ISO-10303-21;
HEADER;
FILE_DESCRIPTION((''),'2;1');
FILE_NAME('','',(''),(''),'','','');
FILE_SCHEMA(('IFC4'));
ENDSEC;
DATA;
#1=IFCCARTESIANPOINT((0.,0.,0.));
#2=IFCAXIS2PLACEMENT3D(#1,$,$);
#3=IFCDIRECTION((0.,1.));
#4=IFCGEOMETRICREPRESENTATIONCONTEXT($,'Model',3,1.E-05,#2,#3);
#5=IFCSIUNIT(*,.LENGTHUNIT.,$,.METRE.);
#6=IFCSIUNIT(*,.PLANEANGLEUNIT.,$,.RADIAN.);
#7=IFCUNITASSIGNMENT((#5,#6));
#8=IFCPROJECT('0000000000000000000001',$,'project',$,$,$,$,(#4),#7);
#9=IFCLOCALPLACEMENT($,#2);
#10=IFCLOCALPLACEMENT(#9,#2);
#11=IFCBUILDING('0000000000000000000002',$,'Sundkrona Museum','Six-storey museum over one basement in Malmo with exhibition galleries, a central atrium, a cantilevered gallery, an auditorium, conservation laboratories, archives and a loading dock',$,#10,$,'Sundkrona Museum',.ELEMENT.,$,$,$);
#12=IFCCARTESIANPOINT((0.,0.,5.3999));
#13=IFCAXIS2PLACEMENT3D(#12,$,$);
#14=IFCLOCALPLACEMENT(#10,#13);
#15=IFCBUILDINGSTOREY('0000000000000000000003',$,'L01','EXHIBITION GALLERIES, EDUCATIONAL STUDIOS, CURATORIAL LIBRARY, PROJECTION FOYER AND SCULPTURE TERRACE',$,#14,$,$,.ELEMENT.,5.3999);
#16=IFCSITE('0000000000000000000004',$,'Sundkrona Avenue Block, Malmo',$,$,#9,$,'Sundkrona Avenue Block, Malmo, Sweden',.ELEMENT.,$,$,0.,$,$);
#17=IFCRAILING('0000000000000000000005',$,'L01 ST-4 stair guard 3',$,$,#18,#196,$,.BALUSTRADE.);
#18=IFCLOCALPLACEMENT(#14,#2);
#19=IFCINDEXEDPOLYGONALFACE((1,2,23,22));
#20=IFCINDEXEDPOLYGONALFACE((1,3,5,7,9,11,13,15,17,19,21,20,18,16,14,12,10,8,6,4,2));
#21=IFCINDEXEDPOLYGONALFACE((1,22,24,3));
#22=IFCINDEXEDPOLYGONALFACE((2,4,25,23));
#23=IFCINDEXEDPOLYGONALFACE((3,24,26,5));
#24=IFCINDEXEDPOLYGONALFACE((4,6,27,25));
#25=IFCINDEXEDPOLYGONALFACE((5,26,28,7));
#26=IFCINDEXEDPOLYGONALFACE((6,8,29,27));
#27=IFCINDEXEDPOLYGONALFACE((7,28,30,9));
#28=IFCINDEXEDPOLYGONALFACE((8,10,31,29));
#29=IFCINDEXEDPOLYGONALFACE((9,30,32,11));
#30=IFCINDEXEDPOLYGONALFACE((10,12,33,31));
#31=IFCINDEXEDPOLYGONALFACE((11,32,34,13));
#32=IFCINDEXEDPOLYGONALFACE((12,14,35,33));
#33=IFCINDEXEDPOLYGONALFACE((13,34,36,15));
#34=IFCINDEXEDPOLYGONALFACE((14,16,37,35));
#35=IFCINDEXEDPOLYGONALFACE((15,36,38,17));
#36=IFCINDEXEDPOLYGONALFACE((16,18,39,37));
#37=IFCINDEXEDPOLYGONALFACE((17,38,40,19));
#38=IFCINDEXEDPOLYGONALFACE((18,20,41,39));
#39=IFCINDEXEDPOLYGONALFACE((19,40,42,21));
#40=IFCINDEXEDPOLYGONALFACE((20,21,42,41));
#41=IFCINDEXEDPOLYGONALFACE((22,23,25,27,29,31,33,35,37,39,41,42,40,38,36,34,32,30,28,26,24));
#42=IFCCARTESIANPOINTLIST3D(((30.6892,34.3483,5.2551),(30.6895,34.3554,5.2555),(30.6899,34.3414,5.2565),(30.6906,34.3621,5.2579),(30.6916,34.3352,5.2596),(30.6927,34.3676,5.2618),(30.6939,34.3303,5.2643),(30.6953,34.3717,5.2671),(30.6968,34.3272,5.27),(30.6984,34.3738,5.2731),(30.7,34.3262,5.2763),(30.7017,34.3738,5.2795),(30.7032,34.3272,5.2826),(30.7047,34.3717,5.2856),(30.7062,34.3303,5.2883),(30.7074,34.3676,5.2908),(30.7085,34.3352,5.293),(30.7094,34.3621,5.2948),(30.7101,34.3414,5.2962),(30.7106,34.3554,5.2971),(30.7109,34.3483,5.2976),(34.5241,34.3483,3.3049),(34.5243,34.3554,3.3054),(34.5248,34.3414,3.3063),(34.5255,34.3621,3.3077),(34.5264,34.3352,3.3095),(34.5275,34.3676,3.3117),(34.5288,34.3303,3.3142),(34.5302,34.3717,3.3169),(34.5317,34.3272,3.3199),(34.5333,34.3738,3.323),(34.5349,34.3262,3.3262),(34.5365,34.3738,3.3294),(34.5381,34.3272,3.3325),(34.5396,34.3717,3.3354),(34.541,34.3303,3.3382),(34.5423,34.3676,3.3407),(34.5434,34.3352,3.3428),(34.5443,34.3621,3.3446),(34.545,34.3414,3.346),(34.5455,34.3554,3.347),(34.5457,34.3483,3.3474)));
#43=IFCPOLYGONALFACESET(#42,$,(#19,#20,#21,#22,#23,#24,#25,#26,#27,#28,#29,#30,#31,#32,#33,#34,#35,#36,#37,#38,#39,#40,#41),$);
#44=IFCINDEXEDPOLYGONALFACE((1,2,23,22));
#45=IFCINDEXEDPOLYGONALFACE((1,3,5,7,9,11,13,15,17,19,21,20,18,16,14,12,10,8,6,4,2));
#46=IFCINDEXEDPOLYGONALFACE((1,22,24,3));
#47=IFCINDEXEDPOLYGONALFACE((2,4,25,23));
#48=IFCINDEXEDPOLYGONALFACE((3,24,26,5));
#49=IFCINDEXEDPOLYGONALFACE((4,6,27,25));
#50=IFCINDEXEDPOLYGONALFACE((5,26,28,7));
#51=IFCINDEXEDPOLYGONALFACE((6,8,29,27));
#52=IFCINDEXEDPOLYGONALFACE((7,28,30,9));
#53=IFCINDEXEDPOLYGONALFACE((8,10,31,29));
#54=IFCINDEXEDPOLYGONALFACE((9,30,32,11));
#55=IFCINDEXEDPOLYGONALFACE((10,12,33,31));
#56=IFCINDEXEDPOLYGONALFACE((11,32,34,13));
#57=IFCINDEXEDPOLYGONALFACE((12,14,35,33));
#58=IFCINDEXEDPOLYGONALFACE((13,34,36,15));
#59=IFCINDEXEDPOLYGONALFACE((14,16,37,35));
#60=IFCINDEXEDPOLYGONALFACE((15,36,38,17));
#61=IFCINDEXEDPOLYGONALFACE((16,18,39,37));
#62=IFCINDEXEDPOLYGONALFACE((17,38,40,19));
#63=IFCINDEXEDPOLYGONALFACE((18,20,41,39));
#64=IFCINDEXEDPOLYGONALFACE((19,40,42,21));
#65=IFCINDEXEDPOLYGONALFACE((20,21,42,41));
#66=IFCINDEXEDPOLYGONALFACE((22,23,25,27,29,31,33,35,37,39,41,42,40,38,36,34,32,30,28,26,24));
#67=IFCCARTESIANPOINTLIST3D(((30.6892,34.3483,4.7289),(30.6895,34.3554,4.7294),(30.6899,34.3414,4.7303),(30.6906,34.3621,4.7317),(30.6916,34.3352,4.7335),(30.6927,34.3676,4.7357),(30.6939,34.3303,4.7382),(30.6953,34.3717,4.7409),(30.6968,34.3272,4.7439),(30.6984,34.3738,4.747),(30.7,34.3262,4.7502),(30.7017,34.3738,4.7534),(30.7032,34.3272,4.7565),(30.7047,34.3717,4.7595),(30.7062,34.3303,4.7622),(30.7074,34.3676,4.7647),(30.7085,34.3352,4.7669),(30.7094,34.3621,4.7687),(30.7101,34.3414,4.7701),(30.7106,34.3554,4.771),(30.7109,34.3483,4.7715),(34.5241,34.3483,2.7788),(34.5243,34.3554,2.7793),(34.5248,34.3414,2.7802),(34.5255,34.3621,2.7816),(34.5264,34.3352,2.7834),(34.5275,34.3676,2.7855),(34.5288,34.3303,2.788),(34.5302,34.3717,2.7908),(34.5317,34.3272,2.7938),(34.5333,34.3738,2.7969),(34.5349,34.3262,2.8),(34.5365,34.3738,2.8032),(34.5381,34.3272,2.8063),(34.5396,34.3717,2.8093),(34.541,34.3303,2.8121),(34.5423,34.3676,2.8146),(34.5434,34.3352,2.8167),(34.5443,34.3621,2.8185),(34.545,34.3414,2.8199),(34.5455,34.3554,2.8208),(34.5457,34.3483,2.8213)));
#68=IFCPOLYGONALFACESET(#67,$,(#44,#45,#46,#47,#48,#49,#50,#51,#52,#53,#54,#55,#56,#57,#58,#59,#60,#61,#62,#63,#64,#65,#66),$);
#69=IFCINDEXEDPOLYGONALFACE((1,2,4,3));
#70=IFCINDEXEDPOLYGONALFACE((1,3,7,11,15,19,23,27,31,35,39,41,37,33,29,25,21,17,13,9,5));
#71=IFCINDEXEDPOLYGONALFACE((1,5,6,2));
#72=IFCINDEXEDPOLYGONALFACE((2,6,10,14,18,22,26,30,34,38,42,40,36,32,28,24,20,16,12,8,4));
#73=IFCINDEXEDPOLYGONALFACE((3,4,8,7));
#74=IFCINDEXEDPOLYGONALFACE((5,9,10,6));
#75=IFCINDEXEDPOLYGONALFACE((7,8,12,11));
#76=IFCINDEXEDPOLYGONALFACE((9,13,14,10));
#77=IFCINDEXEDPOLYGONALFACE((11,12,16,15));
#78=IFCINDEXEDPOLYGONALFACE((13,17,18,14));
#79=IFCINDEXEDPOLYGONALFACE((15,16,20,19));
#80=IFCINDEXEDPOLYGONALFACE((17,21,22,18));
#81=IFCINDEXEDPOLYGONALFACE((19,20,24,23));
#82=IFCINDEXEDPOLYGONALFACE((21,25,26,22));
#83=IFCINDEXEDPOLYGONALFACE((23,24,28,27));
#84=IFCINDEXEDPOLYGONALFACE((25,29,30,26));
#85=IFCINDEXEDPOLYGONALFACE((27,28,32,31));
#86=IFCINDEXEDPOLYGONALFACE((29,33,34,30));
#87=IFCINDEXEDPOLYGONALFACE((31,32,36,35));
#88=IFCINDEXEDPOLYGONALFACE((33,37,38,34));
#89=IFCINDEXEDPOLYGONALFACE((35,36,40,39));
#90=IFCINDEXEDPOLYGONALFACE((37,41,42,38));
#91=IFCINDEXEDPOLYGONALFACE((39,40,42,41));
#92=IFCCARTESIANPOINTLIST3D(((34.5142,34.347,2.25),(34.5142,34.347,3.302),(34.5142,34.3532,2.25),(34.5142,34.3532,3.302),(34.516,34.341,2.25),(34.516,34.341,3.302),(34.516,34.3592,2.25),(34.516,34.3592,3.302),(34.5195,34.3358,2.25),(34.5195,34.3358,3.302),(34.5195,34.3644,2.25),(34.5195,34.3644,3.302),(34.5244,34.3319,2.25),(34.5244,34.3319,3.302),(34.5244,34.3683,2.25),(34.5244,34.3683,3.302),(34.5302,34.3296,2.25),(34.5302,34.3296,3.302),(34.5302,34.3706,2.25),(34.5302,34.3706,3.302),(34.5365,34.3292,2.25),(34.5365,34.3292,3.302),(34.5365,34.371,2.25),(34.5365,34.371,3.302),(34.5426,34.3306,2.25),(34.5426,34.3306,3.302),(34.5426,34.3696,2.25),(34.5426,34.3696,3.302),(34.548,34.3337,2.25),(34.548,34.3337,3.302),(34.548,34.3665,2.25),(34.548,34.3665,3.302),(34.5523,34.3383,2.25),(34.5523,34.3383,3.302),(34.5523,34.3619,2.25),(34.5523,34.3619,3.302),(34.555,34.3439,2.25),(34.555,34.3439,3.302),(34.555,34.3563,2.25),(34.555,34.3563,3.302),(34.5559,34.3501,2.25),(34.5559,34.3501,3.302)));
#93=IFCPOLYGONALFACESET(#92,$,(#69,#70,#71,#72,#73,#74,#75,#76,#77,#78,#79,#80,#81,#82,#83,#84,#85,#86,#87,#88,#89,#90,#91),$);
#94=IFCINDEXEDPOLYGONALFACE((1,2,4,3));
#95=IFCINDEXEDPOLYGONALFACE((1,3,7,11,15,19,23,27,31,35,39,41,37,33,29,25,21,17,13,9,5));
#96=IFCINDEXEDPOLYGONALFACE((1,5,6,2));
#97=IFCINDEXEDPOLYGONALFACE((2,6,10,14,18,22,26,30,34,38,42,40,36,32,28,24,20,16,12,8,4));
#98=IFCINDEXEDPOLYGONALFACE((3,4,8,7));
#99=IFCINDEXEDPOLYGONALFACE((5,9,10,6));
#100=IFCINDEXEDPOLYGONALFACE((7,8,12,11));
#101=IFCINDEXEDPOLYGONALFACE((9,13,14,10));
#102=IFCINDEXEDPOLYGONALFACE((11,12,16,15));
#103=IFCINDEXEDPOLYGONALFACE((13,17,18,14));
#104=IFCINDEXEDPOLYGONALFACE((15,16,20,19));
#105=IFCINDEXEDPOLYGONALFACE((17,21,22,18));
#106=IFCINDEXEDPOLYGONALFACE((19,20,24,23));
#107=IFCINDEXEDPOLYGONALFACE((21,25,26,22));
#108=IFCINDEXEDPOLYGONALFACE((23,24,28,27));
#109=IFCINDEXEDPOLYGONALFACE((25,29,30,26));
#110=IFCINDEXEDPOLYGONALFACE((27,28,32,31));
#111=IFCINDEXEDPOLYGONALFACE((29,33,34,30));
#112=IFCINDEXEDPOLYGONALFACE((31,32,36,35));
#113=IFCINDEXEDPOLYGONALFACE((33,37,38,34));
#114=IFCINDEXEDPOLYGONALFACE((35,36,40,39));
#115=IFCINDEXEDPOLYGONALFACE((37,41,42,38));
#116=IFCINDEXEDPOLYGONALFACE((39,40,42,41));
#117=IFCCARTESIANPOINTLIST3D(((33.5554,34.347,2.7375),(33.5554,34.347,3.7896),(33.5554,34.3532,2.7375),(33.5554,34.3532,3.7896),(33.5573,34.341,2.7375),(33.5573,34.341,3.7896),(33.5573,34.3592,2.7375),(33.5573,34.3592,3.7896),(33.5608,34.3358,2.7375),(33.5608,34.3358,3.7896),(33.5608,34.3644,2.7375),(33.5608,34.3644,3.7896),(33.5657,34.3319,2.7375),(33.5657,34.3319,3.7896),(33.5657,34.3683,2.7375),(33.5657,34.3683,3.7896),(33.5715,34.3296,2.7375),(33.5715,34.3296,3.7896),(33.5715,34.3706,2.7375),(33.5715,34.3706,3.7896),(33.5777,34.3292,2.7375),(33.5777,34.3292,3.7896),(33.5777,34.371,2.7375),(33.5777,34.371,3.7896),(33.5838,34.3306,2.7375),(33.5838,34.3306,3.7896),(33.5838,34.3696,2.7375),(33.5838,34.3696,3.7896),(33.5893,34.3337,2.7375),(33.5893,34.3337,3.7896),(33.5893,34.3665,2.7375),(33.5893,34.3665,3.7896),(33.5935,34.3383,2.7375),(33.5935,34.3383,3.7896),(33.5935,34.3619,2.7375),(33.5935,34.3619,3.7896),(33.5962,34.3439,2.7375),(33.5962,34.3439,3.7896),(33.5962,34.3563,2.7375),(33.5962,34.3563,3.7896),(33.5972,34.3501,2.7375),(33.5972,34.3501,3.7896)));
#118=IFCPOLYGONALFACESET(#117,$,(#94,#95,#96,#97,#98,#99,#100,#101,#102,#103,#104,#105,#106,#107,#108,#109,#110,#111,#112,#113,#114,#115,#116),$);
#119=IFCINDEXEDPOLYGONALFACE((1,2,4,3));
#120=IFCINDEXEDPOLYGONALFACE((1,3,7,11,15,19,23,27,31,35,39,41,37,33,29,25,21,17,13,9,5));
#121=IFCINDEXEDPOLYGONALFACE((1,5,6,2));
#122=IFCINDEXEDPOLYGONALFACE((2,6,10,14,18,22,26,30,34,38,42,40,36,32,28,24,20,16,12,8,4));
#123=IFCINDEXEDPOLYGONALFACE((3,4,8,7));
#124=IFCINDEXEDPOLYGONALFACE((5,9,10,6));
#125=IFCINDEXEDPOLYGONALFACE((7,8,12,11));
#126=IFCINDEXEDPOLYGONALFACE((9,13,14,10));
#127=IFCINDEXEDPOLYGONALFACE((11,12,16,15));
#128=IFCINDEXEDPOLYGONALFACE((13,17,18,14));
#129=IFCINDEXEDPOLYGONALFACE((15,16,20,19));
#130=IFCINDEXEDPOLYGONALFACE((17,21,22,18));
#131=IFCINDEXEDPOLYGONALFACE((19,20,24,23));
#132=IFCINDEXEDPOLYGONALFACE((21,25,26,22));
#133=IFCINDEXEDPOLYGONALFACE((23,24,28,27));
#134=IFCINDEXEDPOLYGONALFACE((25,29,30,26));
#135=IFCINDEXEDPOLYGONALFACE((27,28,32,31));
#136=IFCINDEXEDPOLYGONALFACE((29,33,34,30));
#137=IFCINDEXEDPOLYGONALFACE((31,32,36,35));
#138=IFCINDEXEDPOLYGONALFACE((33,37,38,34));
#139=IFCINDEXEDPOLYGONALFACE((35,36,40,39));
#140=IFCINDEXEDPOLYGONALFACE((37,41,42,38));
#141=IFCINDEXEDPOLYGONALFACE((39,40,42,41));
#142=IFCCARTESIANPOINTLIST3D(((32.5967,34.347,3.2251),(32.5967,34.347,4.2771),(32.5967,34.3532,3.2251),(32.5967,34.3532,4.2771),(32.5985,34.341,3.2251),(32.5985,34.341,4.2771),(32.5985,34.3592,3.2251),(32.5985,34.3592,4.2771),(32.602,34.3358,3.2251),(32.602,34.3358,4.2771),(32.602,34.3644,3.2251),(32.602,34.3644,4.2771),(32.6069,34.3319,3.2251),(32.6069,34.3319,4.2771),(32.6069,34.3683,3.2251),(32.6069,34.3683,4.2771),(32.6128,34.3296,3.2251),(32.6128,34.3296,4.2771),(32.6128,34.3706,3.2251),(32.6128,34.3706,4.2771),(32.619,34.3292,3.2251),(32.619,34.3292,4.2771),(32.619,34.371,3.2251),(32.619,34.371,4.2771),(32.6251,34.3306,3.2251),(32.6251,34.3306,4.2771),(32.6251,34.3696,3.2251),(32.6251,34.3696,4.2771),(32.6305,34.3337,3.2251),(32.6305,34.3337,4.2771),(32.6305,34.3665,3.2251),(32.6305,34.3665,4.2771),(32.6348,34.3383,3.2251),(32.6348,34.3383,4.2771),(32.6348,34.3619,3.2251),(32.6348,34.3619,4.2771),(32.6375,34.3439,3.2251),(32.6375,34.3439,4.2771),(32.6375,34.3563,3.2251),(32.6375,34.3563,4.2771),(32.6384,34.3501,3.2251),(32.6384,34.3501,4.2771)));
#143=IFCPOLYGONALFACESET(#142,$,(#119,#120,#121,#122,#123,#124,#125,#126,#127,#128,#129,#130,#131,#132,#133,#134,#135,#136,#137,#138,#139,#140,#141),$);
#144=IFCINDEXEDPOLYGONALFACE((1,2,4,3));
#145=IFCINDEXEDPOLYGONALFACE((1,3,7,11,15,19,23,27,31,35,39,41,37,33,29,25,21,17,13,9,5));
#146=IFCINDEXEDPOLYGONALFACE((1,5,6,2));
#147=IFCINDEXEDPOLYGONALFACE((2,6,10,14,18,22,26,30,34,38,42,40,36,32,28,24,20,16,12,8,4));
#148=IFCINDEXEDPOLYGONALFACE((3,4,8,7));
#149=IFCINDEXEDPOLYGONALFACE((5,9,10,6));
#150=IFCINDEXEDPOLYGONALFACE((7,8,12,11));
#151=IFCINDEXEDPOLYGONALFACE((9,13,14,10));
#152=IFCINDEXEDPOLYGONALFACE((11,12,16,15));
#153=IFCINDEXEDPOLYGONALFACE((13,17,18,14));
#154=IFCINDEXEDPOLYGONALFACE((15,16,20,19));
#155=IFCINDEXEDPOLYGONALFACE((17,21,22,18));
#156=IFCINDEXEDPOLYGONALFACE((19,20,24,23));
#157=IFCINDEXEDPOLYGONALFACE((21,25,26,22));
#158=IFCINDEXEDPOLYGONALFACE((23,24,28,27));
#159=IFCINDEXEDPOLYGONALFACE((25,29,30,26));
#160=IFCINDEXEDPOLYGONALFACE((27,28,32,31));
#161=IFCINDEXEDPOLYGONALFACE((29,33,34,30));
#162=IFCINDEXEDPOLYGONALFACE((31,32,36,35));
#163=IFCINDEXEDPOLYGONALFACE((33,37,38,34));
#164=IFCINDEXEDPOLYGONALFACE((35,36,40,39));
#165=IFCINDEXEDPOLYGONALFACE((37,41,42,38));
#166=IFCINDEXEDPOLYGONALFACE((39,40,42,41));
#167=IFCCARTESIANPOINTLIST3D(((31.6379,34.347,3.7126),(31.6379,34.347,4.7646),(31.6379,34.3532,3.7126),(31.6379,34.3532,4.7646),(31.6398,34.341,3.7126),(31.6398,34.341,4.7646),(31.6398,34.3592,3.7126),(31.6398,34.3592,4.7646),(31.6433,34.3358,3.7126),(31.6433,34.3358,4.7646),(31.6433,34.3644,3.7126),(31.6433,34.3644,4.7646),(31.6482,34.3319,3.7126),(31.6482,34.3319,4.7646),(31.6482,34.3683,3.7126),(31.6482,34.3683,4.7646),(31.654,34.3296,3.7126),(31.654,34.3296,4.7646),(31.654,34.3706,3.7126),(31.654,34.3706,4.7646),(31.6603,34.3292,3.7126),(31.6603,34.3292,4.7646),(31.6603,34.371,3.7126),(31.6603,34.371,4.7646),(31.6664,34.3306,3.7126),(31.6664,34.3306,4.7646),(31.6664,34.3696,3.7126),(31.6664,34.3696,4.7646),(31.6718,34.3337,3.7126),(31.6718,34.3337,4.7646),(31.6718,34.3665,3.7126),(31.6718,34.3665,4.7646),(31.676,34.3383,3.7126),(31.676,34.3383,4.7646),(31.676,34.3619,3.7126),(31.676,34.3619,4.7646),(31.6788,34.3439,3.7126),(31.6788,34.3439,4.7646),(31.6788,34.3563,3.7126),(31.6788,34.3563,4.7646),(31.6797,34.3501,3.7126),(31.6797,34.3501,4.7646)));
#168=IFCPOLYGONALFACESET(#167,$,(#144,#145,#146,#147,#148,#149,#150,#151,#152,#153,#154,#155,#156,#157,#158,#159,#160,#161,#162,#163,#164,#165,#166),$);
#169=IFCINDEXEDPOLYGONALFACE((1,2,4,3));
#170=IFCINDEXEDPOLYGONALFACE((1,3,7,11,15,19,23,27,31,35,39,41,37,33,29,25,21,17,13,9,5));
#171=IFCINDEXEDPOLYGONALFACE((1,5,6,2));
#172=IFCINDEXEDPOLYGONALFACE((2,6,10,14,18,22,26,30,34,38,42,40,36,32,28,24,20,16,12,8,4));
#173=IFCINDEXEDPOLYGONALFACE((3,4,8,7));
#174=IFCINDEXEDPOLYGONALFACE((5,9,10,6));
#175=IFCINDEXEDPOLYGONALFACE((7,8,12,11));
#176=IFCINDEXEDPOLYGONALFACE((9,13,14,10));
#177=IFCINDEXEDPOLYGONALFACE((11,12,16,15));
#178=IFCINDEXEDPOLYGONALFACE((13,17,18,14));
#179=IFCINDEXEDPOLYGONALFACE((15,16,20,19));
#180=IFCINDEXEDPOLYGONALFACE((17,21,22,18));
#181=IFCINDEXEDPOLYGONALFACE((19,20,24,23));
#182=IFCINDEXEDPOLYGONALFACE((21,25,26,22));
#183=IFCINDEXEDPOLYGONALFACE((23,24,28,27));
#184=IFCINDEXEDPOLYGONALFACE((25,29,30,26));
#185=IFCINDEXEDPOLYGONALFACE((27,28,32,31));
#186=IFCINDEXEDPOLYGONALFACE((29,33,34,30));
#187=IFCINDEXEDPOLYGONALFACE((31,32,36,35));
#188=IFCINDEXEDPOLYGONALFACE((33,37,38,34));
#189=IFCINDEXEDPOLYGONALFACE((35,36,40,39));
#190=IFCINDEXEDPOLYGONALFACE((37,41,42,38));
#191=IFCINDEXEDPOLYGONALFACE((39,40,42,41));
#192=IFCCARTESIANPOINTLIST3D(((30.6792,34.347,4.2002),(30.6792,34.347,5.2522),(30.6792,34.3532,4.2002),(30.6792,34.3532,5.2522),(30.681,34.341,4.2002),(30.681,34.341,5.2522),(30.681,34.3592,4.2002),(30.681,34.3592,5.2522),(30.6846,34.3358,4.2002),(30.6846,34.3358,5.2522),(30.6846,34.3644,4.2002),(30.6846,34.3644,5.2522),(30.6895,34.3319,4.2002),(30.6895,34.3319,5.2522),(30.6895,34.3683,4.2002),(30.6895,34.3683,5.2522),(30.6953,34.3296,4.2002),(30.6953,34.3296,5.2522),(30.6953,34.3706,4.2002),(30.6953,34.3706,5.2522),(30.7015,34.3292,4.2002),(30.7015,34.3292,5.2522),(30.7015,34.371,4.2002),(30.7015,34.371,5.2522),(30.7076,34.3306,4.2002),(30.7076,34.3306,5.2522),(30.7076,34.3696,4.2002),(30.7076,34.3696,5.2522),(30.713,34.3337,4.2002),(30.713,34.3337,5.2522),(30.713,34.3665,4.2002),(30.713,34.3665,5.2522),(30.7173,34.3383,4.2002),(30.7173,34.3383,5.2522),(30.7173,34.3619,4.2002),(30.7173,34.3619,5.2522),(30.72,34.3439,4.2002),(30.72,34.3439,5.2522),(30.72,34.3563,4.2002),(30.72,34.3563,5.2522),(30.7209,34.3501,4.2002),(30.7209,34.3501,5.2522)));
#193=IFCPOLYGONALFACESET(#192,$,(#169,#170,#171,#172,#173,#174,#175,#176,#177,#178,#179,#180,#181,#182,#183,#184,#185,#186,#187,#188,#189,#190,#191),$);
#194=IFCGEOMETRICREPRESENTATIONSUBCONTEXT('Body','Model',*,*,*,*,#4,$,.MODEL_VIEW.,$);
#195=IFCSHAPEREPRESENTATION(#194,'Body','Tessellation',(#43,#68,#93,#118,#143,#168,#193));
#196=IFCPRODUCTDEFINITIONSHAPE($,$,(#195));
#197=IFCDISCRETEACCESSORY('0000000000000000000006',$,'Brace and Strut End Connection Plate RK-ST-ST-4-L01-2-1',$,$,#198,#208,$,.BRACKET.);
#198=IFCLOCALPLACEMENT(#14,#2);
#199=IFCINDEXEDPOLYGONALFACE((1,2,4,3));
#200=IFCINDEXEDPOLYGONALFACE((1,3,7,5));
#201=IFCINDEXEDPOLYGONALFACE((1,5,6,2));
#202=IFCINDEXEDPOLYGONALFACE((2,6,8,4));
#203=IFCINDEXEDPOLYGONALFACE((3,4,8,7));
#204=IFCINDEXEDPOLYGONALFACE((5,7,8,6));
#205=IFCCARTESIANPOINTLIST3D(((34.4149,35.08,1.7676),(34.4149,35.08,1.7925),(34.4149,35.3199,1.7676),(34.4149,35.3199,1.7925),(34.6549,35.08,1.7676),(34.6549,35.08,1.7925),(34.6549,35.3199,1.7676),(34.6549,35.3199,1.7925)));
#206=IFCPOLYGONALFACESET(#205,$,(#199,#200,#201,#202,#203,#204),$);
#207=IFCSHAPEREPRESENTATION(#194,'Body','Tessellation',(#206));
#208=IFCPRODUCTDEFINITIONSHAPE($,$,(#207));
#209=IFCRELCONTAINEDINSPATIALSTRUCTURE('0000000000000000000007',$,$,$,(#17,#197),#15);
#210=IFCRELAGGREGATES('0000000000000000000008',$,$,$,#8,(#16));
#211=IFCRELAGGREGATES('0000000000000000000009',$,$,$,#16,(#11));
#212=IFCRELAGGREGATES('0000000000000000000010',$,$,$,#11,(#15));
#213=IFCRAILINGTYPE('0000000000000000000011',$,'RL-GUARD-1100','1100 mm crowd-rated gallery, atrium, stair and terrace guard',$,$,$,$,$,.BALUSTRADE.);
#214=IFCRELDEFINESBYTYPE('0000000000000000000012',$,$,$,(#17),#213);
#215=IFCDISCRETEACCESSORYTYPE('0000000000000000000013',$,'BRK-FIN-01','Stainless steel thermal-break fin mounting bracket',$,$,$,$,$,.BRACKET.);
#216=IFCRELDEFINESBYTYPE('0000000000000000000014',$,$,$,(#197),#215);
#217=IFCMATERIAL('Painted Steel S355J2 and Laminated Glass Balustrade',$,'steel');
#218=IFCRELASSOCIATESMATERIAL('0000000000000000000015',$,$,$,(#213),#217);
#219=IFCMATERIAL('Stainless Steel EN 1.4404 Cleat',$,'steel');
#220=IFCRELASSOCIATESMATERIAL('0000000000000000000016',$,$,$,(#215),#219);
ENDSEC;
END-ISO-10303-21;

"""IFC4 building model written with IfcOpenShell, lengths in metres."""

from ifc_helpers import new_model, si_unit, direction, frame, origin, origin_2d, place, context, subcontext, project, spatial, rectangle, circle, extrude, material, type_object, element, save


model = new_model("IFC4")

# Units and contexts
model_context = context("Model", 3, precision=1e-05, world=origin(), true_north=direction((0.0, 1.0)))
body_context = subcontext(model_context, "Body", "Model", "MODEL_VIEW")
ifc_project = project(units=[si_unit("LENGTHUNIT", "METRE"), si_unit("PLANEANGLEUNIT", "RADIAN")], contexts=[model_context])

# Site, building, storey
site_placement = place(None, origin())
site = spatial("IfcSite", under=ifc_project, at=site_placement, Name="Sundkrona Avenue Block, Malmo", LongName="Sundkrona Avenue Block, Malmo, Sweden", CompositionType="ELEMENT", RefElevation=0.0)
building_placement = place(site_placement, origin())
building = spatial("IfcBuilding", under=site, at=building_placement, Name="Sundkrona Museum", Description="Six-storey museum over one basement in Malmo with exhibition galleries, a central atrium, a cantilevered gallery, an auditorium, conservation laboratories, archives and a loading dock", LongName="Sundkrona Museum", CompositionType="ELEMENT")
storey_placement = place(building_placement, frame((0.0, 0.0, 5.3999)))
storey = spatial("IfcBuildingStorey", under=building, at=storey_placement, Name="L01", Description="EXHIBITION GALLERIES, EDUCATIONAL STUDIOS, CURATORIAL LIBRARY, PROJECTION FOYER AND SCULPTURE TERRACE", CompositionType="ELEMENT", Elevation=5.3999)

# Railing
ifc_material_1 = material(Name="Painted Steel S355J2 and Laminated Glass Balustrade", Category="steel")
railing_type = type_object("IfcRailingType", Name="RL-GUARD-1100", Description="1100 mm crowd-rated gallery, atrium, stair and terrace guard", PredefinedType="BALUSTRADE", material=ifc_material_1)
railing_1_placement = place(storey_placement, frame((34.5349, 34.3501, 2.25)))
element("IfcRailing", 1, at=railing_1_placement, inside=storey, type_object=railing_type, Name="L01 ST-4 stair guard 3", PredefinedType="BALUSTRADE", context=body_context, shape_type="SweptSolid", body=[
    extrude(circle(Radius=0.0239, at=origin_2d()), frame((0.0, 0.0, 1.0762), z_axis=(-0.891365, 0.0, 0.453286), x_axis=(0.0, -1.0, 0.0)), (0.0, 0.0, 1.0), 4.3022),
    extrude(circle(Radius=0.0239, at=origin_2d()), frame((0.0, 0.0, 0.55), z_axis=(-0.891365, 0.0, 0.453286), x_axis=(0.0, -1.0, 0.0)), (0.0, 0.0, 1.0), 4.3022),
    extrude(circle(Radius=0.021, at=origin_2d()), origin(), (0.0, 0.0, 1.0), 1.052),
    extrude(circle(Radius=0.021, at=origin_2d()), frame((-0.9587, 0.0, 0.4875)), (0.0, 0.0, 1.0), 1.052),
    extrude(circle(Radius=0.021, at=origin_2d()), frame((-1.9175, 0.0, 0.9751)), (0.0, 0.0, 1.0), 1.052),
    extrude(circle(Radius=0.021, at=origin_2d()), frame((-2.8762, 0.0, 1.4626)), (0.0, 0.0, 1.0), 1.052),
    extrude(circle(Radius=0.021, at=origin_2d()), frame((-3.835, 0.0, 1.9502)), (0.0, 0.0, 1.0), 1.052),
])

# Discrete accessory
ifc_material_2 = material(Name="Stainless Steel EN 1.4404 Cleat", Category="steel")
discrete_accessory_type = type_object("IfcDiscreteAccessoryType", Name="BRK-FIN-01", Description="Stainless steel thermal-break fin mounting bracket", PredefinedType="BRACKET", material=ifc_material_2)
discrete_accessory_placement = place(storey_placement, frame((34.5349, 35.2, 1.7676), z_axis=(0.0, 0.0, 1.0), x_axis=(1.0, 0.0, 0.0)))
element("IfcDiscreteAccessory", 2, at=discrete_accessory_placement, inside=storey, type_object=discrete_accessory_type, Name="Brace and Strut End Connection Plate RK-ST-ST-4-L01-2-1", PredefinedType="BRACKET", context=body_context, shape_type="SweptSolid", body=[
    extrude(rectangle(XDim=0.24, YDim=0.24, at=origin_2d()), origin(), (0.0, 0.0, 1.0), 0.0249),
])

save(model, "model.ifc")
